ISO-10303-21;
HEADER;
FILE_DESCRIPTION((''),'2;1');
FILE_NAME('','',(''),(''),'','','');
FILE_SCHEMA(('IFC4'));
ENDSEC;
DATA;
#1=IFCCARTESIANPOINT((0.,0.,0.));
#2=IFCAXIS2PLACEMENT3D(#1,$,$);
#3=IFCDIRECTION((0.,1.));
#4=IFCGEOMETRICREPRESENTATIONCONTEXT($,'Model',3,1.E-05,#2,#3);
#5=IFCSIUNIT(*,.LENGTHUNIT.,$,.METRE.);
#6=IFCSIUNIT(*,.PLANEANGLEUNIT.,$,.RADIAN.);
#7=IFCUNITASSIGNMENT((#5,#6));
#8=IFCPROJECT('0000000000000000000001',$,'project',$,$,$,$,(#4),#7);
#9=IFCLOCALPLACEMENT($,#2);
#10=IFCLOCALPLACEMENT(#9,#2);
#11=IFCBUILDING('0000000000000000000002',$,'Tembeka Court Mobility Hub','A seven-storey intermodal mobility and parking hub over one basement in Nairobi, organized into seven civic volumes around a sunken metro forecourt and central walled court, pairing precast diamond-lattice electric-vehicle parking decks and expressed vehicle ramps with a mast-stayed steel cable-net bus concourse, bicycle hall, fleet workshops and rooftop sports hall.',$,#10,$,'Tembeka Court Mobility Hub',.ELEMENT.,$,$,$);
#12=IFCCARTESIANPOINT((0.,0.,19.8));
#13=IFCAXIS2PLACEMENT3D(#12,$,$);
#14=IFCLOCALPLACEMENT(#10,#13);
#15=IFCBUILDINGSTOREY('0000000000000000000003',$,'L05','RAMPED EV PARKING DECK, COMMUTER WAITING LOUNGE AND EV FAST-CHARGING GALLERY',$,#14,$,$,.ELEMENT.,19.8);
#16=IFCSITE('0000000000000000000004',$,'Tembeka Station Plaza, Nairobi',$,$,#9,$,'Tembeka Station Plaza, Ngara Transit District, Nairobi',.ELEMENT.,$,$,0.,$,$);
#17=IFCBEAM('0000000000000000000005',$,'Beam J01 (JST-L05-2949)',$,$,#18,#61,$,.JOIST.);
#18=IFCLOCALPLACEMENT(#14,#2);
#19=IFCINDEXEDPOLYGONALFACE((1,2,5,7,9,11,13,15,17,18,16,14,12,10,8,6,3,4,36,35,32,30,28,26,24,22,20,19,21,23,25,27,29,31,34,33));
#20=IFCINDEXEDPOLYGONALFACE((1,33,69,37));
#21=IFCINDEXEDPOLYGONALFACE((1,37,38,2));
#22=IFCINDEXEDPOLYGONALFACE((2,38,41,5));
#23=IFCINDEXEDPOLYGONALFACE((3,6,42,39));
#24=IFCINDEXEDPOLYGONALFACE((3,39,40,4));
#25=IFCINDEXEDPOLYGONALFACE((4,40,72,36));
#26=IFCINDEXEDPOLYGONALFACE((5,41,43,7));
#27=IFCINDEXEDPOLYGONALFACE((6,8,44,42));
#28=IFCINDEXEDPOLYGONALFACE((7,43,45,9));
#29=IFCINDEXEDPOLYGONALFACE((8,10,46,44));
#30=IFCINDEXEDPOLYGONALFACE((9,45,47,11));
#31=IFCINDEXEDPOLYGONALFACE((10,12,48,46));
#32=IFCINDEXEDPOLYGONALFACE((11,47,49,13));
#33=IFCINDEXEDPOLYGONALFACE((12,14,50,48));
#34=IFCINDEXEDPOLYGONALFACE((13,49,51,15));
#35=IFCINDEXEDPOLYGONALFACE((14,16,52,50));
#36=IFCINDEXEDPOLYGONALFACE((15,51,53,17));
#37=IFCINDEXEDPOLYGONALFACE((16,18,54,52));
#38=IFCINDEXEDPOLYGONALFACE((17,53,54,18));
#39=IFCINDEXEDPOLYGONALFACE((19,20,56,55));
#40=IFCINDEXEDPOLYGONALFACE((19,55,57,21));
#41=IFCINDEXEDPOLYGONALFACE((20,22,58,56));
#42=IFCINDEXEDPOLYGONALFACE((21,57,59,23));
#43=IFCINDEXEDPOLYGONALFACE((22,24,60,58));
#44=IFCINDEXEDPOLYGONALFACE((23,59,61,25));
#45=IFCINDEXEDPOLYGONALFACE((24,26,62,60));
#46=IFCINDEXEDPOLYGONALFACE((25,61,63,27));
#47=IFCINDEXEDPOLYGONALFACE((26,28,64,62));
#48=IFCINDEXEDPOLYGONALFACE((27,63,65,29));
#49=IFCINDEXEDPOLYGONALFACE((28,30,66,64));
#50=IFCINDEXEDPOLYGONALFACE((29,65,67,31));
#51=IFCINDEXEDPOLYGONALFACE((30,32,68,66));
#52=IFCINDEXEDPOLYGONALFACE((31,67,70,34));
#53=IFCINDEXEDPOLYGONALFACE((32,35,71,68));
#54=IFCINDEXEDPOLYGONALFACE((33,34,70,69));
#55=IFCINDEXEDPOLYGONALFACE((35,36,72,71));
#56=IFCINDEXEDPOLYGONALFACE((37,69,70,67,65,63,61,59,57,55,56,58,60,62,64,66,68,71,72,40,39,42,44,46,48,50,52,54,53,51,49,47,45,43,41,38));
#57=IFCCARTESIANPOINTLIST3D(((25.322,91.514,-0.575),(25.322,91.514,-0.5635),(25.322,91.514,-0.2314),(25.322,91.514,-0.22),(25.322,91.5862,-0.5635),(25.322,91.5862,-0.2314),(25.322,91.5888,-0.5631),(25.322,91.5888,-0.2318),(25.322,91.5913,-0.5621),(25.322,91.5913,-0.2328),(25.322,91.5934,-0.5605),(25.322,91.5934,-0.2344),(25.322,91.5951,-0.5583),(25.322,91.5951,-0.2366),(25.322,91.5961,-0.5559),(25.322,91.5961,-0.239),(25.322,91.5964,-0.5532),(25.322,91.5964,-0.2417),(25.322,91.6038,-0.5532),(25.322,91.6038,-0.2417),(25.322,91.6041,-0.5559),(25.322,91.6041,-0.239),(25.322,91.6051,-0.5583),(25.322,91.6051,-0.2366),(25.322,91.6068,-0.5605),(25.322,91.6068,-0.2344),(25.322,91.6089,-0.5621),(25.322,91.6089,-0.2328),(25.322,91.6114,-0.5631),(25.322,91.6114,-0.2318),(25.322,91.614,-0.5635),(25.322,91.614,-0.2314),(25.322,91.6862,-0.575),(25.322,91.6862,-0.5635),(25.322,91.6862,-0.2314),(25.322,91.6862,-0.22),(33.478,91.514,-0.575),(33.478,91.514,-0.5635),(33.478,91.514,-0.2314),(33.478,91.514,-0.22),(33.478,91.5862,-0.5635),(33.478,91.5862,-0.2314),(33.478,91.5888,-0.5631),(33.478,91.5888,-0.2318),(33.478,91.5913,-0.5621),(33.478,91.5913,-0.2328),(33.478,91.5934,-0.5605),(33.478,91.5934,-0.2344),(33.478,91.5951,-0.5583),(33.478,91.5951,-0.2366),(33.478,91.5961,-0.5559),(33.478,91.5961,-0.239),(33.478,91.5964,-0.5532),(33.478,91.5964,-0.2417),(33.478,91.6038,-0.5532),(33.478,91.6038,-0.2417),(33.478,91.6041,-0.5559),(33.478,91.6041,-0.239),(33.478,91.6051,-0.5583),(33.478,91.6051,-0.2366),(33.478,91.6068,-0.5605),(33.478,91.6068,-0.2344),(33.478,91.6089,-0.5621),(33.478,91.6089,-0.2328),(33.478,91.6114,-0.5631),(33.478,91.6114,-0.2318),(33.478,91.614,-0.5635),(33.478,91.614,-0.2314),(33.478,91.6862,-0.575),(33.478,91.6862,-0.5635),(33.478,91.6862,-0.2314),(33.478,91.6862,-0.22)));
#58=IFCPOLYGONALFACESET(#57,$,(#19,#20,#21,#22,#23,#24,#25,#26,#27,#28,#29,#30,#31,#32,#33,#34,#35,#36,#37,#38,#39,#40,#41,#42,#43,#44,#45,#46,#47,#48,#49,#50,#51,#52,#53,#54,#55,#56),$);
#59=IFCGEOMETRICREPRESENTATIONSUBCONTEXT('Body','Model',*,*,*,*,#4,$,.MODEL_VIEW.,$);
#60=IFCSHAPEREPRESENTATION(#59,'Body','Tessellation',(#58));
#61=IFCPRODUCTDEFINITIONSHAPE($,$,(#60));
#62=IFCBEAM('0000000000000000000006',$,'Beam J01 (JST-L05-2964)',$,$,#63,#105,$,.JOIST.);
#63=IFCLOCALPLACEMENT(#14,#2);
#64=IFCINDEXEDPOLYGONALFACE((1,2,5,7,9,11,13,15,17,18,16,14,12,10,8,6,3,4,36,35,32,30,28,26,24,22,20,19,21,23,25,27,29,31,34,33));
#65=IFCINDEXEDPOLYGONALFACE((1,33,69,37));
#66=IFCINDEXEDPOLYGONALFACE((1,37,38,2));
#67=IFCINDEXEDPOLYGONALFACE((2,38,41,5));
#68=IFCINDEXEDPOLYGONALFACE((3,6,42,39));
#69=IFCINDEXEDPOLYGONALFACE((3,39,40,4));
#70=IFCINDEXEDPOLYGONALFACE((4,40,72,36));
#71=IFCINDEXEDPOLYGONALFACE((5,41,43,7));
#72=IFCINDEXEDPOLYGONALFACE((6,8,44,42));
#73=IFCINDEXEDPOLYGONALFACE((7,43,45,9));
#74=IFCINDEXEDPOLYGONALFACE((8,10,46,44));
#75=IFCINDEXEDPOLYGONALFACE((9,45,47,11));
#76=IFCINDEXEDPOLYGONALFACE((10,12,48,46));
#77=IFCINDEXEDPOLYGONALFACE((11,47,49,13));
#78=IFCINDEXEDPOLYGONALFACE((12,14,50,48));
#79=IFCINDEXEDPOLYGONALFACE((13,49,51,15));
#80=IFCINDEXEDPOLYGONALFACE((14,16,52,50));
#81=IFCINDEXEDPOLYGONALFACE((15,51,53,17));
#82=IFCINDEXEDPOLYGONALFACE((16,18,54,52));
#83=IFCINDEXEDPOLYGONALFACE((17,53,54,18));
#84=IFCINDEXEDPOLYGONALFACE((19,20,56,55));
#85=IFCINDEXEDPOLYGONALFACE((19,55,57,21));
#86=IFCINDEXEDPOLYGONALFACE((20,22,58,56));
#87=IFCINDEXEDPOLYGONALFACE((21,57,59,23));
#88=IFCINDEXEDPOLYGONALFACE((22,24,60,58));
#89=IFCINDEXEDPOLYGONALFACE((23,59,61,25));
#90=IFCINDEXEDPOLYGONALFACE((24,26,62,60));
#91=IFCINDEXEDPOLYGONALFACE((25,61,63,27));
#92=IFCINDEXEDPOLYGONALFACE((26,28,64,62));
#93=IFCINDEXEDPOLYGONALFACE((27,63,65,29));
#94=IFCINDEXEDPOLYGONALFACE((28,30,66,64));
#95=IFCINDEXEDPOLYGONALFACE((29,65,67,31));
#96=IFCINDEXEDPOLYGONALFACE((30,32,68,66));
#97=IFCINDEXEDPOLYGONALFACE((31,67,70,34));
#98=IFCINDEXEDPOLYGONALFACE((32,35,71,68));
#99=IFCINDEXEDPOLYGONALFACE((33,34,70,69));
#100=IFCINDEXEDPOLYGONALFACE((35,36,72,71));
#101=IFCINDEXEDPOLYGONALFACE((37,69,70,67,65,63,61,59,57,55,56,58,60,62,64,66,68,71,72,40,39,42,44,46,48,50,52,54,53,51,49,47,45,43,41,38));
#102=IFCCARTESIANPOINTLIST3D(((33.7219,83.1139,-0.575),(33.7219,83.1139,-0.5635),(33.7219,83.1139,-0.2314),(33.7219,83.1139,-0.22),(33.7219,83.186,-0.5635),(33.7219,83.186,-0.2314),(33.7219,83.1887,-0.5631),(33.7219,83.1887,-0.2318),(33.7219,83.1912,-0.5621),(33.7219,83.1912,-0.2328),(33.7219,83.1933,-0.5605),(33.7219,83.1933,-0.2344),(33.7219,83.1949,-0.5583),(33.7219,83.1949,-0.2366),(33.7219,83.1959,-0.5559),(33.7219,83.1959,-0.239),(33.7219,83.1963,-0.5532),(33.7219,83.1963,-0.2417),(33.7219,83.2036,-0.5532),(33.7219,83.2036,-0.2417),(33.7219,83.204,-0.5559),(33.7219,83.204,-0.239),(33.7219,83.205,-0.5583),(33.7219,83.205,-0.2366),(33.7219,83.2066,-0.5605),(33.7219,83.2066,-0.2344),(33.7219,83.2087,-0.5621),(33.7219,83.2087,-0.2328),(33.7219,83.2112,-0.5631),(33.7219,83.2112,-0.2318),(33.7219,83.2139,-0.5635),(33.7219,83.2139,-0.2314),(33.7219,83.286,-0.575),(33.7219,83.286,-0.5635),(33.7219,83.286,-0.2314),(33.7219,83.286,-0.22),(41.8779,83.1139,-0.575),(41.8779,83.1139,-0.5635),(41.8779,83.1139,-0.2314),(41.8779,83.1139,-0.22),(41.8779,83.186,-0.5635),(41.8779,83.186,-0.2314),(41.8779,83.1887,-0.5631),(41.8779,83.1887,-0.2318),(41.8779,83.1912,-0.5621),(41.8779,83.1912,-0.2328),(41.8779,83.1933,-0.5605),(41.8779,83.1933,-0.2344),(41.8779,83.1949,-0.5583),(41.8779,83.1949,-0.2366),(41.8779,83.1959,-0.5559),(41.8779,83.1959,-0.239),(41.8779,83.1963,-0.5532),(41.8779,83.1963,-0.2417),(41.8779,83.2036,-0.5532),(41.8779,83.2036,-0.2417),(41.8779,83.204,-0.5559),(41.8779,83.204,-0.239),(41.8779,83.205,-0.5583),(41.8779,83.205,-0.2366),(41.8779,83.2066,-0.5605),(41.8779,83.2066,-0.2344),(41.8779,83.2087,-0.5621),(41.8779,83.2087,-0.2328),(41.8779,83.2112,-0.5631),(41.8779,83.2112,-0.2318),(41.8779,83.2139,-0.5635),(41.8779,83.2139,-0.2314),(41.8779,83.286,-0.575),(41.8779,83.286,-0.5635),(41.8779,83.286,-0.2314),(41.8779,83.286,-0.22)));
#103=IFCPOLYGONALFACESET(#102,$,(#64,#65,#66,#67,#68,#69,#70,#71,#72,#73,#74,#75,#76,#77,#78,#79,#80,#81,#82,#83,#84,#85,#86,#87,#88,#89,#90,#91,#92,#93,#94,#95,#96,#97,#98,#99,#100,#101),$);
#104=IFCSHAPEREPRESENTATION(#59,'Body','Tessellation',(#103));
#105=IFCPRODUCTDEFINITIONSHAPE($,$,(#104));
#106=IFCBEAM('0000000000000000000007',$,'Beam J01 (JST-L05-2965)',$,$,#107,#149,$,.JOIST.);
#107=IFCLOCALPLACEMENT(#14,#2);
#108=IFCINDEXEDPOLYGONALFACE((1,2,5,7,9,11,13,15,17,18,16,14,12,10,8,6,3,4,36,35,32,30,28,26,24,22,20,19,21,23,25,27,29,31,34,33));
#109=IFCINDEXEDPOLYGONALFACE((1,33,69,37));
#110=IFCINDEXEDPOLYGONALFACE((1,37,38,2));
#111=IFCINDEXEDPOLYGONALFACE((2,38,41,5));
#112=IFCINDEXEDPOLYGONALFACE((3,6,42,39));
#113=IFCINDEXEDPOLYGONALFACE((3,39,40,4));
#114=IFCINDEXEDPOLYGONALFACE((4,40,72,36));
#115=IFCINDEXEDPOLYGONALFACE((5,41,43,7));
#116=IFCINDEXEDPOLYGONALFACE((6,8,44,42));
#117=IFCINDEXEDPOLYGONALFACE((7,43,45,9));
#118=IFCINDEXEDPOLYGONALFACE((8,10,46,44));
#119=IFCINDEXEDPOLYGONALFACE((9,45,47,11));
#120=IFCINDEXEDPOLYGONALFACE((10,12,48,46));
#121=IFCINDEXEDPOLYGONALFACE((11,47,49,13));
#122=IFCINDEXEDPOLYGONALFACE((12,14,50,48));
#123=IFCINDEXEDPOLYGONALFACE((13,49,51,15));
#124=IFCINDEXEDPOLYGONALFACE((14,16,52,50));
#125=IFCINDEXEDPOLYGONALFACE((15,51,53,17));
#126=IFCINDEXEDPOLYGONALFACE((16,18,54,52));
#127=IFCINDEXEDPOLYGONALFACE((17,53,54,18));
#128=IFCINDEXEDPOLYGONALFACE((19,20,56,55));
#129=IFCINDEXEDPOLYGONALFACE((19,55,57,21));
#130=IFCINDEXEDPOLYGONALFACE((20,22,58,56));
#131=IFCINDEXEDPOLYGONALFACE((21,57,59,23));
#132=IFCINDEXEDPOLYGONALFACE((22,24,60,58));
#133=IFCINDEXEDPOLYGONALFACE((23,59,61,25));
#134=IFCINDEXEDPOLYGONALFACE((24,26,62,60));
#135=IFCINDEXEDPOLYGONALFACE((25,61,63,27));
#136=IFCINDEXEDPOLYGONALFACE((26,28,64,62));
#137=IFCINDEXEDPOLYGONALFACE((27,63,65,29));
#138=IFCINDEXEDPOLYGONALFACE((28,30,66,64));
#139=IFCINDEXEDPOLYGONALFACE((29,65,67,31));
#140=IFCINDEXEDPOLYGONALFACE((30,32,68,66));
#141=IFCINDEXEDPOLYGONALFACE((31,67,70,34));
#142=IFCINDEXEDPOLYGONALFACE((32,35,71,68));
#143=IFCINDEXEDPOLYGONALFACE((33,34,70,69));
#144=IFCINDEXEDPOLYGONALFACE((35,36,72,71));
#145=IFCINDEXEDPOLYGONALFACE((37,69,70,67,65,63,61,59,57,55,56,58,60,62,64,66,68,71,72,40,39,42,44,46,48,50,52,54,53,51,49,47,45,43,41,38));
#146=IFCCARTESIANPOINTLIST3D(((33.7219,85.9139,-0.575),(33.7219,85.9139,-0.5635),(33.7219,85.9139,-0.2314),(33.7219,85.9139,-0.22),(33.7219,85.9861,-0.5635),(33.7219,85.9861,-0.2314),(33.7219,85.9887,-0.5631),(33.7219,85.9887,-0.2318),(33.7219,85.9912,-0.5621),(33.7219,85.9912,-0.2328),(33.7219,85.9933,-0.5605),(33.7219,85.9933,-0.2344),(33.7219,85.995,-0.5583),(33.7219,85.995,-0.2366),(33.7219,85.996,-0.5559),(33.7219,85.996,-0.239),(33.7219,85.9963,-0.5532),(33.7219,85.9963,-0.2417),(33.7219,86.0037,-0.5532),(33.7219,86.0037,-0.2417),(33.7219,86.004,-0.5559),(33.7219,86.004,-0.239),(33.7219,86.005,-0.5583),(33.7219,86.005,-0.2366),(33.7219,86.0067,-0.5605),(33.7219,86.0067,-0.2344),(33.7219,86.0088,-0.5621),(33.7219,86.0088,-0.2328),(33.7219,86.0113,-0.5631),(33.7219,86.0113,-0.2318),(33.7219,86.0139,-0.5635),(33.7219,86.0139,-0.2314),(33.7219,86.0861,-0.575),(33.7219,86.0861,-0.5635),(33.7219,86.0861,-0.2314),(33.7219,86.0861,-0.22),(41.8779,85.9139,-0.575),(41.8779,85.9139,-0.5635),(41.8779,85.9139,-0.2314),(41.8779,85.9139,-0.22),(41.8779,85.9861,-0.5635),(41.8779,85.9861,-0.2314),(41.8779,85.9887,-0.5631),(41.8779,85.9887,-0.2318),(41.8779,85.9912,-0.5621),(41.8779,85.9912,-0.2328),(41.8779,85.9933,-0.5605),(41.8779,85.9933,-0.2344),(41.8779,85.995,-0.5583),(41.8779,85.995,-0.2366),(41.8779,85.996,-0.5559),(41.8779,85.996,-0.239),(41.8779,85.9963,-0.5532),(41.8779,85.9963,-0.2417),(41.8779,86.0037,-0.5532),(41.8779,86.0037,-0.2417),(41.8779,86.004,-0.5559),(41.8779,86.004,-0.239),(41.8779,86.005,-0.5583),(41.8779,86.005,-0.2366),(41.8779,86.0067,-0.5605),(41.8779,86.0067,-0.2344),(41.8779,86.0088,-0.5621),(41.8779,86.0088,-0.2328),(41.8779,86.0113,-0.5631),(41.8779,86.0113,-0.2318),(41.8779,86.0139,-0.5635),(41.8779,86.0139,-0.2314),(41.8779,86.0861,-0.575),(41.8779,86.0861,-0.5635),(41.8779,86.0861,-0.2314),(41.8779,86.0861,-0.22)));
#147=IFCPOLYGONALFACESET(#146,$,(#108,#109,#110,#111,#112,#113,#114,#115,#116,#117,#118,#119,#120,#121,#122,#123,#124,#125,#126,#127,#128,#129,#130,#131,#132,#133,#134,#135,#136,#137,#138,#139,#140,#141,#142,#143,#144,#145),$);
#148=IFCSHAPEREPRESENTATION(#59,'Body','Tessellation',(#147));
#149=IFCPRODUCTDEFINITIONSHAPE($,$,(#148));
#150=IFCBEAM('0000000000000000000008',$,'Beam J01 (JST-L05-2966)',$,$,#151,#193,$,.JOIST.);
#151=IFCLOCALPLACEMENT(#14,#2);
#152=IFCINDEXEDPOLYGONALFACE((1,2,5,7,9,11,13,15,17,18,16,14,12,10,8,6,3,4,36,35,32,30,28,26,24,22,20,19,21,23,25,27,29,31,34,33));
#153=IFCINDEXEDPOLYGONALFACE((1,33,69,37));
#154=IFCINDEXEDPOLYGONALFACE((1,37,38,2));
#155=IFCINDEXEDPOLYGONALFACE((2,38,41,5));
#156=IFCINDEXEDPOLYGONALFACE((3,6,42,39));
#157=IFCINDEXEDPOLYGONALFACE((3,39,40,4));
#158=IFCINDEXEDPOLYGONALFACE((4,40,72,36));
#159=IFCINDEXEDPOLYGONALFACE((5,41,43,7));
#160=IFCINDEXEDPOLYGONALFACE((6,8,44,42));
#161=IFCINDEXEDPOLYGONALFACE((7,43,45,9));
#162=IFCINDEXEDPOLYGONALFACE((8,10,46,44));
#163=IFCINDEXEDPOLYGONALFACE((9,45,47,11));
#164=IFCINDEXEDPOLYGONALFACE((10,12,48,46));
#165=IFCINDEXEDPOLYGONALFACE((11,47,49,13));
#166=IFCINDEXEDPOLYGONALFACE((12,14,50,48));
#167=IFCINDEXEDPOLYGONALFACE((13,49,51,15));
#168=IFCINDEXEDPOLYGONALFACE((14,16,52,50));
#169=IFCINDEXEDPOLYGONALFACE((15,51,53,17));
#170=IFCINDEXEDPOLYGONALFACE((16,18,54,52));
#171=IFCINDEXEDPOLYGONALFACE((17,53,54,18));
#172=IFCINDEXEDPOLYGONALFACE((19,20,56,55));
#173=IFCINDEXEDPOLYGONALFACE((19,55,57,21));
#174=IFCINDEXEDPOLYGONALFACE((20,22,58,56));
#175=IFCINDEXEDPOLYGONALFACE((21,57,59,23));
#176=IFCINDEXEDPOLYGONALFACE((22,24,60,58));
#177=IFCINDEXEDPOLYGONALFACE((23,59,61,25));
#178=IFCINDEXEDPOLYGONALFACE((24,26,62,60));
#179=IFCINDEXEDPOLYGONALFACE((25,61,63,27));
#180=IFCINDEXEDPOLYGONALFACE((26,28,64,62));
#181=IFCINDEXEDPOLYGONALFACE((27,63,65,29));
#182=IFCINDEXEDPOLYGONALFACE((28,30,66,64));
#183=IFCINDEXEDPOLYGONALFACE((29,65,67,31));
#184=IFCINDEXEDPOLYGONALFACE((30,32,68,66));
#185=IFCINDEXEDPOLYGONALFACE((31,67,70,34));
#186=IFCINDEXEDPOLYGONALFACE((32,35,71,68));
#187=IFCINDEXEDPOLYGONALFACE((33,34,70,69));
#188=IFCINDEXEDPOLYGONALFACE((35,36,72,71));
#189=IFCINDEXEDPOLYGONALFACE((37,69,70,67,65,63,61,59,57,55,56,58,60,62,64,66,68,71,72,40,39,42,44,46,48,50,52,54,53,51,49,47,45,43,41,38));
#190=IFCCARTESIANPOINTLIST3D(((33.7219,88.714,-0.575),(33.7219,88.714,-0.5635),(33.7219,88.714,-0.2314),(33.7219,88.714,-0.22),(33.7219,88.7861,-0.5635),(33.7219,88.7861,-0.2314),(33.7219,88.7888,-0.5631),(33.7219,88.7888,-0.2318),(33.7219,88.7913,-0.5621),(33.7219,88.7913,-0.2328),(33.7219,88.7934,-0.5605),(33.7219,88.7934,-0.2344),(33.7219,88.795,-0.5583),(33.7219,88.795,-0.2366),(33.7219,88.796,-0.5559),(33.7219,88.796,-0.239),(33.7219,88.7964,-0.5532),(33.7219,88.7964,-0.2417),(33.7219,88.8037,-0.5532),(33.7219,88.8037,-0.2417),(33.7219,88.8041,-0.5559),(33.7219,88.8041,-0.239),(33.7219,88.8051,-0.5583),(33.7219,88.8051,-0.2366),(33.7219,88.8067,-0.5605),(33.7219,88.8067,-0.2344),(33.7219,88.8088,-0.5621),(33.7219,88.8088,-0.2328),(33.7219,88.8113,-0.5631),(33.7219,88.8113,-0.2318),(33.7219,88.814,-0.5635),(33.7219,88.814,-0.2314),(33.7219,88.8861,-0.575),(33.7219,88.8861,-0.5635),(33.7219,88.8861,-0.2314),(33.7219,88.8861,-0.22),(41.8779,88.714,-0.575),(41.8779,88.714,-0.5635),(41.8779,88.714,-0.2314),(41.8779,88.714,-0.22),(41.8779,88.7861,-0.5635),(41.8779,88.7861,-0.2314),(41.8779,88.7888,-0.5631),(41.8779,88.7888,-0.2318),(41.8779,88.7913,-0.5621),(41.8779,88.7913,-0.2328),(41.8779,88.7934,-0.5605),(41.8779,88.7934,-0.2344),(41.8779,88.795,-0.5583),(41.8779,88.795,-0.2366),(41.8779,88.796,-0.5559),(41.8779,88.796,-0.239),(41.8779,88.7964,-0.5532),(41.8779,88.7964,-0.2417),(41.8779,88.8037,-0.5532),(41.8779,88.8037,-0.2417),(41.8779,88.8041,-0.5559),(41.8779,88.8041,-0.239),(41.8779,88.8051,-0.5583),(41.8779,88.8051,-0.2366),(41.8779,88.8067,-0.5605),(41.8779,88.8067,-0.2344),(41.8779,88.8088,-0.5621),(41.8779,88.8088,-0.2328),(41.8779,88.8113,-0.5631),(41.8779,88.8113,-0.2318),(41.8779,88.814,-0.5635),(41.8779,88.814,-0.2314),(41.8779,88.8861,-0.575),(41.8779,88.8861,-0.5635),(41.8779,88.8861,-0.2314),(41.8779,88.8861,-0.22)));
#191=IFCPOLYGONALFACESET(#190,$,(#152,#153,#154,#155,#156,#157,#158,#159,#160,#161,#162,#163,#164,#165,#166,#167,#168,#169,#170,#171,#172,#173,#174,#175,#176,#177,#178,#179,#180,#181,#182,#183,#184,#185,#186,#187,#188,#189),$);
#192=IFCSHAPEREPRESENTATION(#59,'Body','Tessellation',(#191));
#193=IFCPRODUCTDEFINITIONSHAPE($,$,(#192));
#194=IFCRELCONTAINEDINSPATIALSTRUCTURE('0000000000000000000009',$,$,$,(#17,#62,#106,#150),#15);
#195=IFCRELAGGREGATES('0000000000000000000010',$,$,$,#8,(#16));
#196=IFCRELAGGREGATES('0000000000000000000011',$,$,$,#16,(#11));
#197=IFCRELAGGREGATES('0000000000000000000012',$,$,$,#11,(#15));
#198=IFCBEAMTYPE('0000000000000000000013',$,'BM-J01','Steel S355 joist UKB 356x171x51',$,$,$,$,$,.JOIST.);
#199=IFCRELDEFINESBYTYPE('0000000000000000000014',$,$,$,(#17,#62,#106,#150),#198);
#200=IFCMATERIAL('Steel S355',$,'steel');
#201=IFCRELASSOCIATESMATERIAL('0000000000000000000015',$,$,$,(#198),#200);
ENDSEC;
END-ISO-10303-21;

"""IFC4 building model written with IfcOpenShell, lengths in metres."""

from ifc_helpers import new_model, si_unit, direction, frame, origin, origin_2d, place, context, subcontext, project, spatial, i_section, extrude, material, material_profile, profile_set, type_object, element, save


model = new_model("IFC4")

# Units and contexts
model_context = context("Model", 3, precision=1e-05, world=origin(), true_north=direction((0.0, 1.0)))
body_context = subcontext(model_context, "Body", "Model", "MODEL_VIEW")
ifc_project = project(units=[si_unit("LENGTHUNIT", "METRE"), si_unit("PLANEANGLEUNIT", "RADIAN")], contexts=[model_context])

# Site, building, storey
site_placement = place(None, origin())
site = spatial("IfcSite", under=ifc_project, at=site_placement, Name="Tembeka Station Plaza, Nairobi", LongName="Tembeka Station Plaza, Ngara Transit District, Nairobi", CompositionType="ELEMENT", RefElevation=0.0)
building_placement = place(site_placement, origin())
building = spatial("IfcBuilding", under=site, at=building_placement, Name="Tembeka Court Mobility Hub", Description="A seven-storey intermodal mobility and parking hub over one basement in Nairobi, organized into seven civic volumes around a sunken metro forecourt and central walled court, pairing precast diamond-lattice electric-vehicle parking decks and expressed vehicle ramps with a mast-stayed steel cable-net bus concourse, bicycle hall, fleet workshops and rooftop sports hall.", LongName="Tembeka Court Mobility Hub", CompositionType="ELEMENT")
storey_placement = place(building_placement, frame((0.0, 0.0, 19.8)))
storey = spatial("IfcBuildingStorey", under=building, at=storey_placement, Name="L05", Description="RAMPED EV PARKING DECK, COMMUTER WAITING LOUNGE AND EV FAST-CHARGING GALLERY", CompositionType="ELEMENT", Elevation=19.8)

# Shared definitions
ifc_material = material(Name="Steel S355", Category="steel")

# Beams
ifc_material_profile_1 = material_profile(ifc_material, i_section(OverallWidth=0.1721, OverallDepth=0.355, WebThickness=0.0073, FlangeThickness=0.0115, FilletRadius=0.0103, at=origin_2d()), Name="UKB 356x171x51")
ifc_profile_set_1 = profile_set([ifc_material_profile_1], Name="Steel S355")
beam_type_1 = type_object("IfcBeamType", Name="BM-J01", Description="Steel S355 joist UKB 356x171x51", PredefinedType="JOIST", material=ifc_profile_set_1)
for number, where, z_axis, x_axis, name in (
    (1, (25.322, 91.6001, -0.3975), (1.0, 0.0, 0.0), (0.0, 1.0, 0.0), "Beam J01 (JST-L05-2949)"),
    (2, (33.7219, 83.2, -0.3975), (1.0, 0.0, 0.0), (0.0, 1.0, 0.0), "Beam J01 (JST-L05-2964)"),
    (3, (33.7219, 86.0, -0.3975), (1.0, 0.0, 0.0), (0.0, 1.0, 0.0), "Beam J01 (JST-L05-2965)"),
    (4, (33.7219, 88.8, -0.3975), (1.0, 0.0, 0.0), (0.0, 1.0, 0.0), "Beam J01 (JST-L05-2966)"),
):
    element("IfcBeam", number, at=place(storey_placement, frame(where, z_axis=z_axis, x_axis=x_axis)), inside=storey, type_object=beam_type_1, Name=name, PredefinedType="JOIST", context=body_context, shape_type="SweptSolid", body=[
        extrude(i_section(OverallWidth=0.1721, OverallDepth=0.355, WebThickness=0.0073, FlangeThickness=0.0115, FilletRadius=0.0103, at=origin_2d()), origin(), (0.0, 0.0, 1.0), 8.156),
    ])

save(model, "model.ifc")
